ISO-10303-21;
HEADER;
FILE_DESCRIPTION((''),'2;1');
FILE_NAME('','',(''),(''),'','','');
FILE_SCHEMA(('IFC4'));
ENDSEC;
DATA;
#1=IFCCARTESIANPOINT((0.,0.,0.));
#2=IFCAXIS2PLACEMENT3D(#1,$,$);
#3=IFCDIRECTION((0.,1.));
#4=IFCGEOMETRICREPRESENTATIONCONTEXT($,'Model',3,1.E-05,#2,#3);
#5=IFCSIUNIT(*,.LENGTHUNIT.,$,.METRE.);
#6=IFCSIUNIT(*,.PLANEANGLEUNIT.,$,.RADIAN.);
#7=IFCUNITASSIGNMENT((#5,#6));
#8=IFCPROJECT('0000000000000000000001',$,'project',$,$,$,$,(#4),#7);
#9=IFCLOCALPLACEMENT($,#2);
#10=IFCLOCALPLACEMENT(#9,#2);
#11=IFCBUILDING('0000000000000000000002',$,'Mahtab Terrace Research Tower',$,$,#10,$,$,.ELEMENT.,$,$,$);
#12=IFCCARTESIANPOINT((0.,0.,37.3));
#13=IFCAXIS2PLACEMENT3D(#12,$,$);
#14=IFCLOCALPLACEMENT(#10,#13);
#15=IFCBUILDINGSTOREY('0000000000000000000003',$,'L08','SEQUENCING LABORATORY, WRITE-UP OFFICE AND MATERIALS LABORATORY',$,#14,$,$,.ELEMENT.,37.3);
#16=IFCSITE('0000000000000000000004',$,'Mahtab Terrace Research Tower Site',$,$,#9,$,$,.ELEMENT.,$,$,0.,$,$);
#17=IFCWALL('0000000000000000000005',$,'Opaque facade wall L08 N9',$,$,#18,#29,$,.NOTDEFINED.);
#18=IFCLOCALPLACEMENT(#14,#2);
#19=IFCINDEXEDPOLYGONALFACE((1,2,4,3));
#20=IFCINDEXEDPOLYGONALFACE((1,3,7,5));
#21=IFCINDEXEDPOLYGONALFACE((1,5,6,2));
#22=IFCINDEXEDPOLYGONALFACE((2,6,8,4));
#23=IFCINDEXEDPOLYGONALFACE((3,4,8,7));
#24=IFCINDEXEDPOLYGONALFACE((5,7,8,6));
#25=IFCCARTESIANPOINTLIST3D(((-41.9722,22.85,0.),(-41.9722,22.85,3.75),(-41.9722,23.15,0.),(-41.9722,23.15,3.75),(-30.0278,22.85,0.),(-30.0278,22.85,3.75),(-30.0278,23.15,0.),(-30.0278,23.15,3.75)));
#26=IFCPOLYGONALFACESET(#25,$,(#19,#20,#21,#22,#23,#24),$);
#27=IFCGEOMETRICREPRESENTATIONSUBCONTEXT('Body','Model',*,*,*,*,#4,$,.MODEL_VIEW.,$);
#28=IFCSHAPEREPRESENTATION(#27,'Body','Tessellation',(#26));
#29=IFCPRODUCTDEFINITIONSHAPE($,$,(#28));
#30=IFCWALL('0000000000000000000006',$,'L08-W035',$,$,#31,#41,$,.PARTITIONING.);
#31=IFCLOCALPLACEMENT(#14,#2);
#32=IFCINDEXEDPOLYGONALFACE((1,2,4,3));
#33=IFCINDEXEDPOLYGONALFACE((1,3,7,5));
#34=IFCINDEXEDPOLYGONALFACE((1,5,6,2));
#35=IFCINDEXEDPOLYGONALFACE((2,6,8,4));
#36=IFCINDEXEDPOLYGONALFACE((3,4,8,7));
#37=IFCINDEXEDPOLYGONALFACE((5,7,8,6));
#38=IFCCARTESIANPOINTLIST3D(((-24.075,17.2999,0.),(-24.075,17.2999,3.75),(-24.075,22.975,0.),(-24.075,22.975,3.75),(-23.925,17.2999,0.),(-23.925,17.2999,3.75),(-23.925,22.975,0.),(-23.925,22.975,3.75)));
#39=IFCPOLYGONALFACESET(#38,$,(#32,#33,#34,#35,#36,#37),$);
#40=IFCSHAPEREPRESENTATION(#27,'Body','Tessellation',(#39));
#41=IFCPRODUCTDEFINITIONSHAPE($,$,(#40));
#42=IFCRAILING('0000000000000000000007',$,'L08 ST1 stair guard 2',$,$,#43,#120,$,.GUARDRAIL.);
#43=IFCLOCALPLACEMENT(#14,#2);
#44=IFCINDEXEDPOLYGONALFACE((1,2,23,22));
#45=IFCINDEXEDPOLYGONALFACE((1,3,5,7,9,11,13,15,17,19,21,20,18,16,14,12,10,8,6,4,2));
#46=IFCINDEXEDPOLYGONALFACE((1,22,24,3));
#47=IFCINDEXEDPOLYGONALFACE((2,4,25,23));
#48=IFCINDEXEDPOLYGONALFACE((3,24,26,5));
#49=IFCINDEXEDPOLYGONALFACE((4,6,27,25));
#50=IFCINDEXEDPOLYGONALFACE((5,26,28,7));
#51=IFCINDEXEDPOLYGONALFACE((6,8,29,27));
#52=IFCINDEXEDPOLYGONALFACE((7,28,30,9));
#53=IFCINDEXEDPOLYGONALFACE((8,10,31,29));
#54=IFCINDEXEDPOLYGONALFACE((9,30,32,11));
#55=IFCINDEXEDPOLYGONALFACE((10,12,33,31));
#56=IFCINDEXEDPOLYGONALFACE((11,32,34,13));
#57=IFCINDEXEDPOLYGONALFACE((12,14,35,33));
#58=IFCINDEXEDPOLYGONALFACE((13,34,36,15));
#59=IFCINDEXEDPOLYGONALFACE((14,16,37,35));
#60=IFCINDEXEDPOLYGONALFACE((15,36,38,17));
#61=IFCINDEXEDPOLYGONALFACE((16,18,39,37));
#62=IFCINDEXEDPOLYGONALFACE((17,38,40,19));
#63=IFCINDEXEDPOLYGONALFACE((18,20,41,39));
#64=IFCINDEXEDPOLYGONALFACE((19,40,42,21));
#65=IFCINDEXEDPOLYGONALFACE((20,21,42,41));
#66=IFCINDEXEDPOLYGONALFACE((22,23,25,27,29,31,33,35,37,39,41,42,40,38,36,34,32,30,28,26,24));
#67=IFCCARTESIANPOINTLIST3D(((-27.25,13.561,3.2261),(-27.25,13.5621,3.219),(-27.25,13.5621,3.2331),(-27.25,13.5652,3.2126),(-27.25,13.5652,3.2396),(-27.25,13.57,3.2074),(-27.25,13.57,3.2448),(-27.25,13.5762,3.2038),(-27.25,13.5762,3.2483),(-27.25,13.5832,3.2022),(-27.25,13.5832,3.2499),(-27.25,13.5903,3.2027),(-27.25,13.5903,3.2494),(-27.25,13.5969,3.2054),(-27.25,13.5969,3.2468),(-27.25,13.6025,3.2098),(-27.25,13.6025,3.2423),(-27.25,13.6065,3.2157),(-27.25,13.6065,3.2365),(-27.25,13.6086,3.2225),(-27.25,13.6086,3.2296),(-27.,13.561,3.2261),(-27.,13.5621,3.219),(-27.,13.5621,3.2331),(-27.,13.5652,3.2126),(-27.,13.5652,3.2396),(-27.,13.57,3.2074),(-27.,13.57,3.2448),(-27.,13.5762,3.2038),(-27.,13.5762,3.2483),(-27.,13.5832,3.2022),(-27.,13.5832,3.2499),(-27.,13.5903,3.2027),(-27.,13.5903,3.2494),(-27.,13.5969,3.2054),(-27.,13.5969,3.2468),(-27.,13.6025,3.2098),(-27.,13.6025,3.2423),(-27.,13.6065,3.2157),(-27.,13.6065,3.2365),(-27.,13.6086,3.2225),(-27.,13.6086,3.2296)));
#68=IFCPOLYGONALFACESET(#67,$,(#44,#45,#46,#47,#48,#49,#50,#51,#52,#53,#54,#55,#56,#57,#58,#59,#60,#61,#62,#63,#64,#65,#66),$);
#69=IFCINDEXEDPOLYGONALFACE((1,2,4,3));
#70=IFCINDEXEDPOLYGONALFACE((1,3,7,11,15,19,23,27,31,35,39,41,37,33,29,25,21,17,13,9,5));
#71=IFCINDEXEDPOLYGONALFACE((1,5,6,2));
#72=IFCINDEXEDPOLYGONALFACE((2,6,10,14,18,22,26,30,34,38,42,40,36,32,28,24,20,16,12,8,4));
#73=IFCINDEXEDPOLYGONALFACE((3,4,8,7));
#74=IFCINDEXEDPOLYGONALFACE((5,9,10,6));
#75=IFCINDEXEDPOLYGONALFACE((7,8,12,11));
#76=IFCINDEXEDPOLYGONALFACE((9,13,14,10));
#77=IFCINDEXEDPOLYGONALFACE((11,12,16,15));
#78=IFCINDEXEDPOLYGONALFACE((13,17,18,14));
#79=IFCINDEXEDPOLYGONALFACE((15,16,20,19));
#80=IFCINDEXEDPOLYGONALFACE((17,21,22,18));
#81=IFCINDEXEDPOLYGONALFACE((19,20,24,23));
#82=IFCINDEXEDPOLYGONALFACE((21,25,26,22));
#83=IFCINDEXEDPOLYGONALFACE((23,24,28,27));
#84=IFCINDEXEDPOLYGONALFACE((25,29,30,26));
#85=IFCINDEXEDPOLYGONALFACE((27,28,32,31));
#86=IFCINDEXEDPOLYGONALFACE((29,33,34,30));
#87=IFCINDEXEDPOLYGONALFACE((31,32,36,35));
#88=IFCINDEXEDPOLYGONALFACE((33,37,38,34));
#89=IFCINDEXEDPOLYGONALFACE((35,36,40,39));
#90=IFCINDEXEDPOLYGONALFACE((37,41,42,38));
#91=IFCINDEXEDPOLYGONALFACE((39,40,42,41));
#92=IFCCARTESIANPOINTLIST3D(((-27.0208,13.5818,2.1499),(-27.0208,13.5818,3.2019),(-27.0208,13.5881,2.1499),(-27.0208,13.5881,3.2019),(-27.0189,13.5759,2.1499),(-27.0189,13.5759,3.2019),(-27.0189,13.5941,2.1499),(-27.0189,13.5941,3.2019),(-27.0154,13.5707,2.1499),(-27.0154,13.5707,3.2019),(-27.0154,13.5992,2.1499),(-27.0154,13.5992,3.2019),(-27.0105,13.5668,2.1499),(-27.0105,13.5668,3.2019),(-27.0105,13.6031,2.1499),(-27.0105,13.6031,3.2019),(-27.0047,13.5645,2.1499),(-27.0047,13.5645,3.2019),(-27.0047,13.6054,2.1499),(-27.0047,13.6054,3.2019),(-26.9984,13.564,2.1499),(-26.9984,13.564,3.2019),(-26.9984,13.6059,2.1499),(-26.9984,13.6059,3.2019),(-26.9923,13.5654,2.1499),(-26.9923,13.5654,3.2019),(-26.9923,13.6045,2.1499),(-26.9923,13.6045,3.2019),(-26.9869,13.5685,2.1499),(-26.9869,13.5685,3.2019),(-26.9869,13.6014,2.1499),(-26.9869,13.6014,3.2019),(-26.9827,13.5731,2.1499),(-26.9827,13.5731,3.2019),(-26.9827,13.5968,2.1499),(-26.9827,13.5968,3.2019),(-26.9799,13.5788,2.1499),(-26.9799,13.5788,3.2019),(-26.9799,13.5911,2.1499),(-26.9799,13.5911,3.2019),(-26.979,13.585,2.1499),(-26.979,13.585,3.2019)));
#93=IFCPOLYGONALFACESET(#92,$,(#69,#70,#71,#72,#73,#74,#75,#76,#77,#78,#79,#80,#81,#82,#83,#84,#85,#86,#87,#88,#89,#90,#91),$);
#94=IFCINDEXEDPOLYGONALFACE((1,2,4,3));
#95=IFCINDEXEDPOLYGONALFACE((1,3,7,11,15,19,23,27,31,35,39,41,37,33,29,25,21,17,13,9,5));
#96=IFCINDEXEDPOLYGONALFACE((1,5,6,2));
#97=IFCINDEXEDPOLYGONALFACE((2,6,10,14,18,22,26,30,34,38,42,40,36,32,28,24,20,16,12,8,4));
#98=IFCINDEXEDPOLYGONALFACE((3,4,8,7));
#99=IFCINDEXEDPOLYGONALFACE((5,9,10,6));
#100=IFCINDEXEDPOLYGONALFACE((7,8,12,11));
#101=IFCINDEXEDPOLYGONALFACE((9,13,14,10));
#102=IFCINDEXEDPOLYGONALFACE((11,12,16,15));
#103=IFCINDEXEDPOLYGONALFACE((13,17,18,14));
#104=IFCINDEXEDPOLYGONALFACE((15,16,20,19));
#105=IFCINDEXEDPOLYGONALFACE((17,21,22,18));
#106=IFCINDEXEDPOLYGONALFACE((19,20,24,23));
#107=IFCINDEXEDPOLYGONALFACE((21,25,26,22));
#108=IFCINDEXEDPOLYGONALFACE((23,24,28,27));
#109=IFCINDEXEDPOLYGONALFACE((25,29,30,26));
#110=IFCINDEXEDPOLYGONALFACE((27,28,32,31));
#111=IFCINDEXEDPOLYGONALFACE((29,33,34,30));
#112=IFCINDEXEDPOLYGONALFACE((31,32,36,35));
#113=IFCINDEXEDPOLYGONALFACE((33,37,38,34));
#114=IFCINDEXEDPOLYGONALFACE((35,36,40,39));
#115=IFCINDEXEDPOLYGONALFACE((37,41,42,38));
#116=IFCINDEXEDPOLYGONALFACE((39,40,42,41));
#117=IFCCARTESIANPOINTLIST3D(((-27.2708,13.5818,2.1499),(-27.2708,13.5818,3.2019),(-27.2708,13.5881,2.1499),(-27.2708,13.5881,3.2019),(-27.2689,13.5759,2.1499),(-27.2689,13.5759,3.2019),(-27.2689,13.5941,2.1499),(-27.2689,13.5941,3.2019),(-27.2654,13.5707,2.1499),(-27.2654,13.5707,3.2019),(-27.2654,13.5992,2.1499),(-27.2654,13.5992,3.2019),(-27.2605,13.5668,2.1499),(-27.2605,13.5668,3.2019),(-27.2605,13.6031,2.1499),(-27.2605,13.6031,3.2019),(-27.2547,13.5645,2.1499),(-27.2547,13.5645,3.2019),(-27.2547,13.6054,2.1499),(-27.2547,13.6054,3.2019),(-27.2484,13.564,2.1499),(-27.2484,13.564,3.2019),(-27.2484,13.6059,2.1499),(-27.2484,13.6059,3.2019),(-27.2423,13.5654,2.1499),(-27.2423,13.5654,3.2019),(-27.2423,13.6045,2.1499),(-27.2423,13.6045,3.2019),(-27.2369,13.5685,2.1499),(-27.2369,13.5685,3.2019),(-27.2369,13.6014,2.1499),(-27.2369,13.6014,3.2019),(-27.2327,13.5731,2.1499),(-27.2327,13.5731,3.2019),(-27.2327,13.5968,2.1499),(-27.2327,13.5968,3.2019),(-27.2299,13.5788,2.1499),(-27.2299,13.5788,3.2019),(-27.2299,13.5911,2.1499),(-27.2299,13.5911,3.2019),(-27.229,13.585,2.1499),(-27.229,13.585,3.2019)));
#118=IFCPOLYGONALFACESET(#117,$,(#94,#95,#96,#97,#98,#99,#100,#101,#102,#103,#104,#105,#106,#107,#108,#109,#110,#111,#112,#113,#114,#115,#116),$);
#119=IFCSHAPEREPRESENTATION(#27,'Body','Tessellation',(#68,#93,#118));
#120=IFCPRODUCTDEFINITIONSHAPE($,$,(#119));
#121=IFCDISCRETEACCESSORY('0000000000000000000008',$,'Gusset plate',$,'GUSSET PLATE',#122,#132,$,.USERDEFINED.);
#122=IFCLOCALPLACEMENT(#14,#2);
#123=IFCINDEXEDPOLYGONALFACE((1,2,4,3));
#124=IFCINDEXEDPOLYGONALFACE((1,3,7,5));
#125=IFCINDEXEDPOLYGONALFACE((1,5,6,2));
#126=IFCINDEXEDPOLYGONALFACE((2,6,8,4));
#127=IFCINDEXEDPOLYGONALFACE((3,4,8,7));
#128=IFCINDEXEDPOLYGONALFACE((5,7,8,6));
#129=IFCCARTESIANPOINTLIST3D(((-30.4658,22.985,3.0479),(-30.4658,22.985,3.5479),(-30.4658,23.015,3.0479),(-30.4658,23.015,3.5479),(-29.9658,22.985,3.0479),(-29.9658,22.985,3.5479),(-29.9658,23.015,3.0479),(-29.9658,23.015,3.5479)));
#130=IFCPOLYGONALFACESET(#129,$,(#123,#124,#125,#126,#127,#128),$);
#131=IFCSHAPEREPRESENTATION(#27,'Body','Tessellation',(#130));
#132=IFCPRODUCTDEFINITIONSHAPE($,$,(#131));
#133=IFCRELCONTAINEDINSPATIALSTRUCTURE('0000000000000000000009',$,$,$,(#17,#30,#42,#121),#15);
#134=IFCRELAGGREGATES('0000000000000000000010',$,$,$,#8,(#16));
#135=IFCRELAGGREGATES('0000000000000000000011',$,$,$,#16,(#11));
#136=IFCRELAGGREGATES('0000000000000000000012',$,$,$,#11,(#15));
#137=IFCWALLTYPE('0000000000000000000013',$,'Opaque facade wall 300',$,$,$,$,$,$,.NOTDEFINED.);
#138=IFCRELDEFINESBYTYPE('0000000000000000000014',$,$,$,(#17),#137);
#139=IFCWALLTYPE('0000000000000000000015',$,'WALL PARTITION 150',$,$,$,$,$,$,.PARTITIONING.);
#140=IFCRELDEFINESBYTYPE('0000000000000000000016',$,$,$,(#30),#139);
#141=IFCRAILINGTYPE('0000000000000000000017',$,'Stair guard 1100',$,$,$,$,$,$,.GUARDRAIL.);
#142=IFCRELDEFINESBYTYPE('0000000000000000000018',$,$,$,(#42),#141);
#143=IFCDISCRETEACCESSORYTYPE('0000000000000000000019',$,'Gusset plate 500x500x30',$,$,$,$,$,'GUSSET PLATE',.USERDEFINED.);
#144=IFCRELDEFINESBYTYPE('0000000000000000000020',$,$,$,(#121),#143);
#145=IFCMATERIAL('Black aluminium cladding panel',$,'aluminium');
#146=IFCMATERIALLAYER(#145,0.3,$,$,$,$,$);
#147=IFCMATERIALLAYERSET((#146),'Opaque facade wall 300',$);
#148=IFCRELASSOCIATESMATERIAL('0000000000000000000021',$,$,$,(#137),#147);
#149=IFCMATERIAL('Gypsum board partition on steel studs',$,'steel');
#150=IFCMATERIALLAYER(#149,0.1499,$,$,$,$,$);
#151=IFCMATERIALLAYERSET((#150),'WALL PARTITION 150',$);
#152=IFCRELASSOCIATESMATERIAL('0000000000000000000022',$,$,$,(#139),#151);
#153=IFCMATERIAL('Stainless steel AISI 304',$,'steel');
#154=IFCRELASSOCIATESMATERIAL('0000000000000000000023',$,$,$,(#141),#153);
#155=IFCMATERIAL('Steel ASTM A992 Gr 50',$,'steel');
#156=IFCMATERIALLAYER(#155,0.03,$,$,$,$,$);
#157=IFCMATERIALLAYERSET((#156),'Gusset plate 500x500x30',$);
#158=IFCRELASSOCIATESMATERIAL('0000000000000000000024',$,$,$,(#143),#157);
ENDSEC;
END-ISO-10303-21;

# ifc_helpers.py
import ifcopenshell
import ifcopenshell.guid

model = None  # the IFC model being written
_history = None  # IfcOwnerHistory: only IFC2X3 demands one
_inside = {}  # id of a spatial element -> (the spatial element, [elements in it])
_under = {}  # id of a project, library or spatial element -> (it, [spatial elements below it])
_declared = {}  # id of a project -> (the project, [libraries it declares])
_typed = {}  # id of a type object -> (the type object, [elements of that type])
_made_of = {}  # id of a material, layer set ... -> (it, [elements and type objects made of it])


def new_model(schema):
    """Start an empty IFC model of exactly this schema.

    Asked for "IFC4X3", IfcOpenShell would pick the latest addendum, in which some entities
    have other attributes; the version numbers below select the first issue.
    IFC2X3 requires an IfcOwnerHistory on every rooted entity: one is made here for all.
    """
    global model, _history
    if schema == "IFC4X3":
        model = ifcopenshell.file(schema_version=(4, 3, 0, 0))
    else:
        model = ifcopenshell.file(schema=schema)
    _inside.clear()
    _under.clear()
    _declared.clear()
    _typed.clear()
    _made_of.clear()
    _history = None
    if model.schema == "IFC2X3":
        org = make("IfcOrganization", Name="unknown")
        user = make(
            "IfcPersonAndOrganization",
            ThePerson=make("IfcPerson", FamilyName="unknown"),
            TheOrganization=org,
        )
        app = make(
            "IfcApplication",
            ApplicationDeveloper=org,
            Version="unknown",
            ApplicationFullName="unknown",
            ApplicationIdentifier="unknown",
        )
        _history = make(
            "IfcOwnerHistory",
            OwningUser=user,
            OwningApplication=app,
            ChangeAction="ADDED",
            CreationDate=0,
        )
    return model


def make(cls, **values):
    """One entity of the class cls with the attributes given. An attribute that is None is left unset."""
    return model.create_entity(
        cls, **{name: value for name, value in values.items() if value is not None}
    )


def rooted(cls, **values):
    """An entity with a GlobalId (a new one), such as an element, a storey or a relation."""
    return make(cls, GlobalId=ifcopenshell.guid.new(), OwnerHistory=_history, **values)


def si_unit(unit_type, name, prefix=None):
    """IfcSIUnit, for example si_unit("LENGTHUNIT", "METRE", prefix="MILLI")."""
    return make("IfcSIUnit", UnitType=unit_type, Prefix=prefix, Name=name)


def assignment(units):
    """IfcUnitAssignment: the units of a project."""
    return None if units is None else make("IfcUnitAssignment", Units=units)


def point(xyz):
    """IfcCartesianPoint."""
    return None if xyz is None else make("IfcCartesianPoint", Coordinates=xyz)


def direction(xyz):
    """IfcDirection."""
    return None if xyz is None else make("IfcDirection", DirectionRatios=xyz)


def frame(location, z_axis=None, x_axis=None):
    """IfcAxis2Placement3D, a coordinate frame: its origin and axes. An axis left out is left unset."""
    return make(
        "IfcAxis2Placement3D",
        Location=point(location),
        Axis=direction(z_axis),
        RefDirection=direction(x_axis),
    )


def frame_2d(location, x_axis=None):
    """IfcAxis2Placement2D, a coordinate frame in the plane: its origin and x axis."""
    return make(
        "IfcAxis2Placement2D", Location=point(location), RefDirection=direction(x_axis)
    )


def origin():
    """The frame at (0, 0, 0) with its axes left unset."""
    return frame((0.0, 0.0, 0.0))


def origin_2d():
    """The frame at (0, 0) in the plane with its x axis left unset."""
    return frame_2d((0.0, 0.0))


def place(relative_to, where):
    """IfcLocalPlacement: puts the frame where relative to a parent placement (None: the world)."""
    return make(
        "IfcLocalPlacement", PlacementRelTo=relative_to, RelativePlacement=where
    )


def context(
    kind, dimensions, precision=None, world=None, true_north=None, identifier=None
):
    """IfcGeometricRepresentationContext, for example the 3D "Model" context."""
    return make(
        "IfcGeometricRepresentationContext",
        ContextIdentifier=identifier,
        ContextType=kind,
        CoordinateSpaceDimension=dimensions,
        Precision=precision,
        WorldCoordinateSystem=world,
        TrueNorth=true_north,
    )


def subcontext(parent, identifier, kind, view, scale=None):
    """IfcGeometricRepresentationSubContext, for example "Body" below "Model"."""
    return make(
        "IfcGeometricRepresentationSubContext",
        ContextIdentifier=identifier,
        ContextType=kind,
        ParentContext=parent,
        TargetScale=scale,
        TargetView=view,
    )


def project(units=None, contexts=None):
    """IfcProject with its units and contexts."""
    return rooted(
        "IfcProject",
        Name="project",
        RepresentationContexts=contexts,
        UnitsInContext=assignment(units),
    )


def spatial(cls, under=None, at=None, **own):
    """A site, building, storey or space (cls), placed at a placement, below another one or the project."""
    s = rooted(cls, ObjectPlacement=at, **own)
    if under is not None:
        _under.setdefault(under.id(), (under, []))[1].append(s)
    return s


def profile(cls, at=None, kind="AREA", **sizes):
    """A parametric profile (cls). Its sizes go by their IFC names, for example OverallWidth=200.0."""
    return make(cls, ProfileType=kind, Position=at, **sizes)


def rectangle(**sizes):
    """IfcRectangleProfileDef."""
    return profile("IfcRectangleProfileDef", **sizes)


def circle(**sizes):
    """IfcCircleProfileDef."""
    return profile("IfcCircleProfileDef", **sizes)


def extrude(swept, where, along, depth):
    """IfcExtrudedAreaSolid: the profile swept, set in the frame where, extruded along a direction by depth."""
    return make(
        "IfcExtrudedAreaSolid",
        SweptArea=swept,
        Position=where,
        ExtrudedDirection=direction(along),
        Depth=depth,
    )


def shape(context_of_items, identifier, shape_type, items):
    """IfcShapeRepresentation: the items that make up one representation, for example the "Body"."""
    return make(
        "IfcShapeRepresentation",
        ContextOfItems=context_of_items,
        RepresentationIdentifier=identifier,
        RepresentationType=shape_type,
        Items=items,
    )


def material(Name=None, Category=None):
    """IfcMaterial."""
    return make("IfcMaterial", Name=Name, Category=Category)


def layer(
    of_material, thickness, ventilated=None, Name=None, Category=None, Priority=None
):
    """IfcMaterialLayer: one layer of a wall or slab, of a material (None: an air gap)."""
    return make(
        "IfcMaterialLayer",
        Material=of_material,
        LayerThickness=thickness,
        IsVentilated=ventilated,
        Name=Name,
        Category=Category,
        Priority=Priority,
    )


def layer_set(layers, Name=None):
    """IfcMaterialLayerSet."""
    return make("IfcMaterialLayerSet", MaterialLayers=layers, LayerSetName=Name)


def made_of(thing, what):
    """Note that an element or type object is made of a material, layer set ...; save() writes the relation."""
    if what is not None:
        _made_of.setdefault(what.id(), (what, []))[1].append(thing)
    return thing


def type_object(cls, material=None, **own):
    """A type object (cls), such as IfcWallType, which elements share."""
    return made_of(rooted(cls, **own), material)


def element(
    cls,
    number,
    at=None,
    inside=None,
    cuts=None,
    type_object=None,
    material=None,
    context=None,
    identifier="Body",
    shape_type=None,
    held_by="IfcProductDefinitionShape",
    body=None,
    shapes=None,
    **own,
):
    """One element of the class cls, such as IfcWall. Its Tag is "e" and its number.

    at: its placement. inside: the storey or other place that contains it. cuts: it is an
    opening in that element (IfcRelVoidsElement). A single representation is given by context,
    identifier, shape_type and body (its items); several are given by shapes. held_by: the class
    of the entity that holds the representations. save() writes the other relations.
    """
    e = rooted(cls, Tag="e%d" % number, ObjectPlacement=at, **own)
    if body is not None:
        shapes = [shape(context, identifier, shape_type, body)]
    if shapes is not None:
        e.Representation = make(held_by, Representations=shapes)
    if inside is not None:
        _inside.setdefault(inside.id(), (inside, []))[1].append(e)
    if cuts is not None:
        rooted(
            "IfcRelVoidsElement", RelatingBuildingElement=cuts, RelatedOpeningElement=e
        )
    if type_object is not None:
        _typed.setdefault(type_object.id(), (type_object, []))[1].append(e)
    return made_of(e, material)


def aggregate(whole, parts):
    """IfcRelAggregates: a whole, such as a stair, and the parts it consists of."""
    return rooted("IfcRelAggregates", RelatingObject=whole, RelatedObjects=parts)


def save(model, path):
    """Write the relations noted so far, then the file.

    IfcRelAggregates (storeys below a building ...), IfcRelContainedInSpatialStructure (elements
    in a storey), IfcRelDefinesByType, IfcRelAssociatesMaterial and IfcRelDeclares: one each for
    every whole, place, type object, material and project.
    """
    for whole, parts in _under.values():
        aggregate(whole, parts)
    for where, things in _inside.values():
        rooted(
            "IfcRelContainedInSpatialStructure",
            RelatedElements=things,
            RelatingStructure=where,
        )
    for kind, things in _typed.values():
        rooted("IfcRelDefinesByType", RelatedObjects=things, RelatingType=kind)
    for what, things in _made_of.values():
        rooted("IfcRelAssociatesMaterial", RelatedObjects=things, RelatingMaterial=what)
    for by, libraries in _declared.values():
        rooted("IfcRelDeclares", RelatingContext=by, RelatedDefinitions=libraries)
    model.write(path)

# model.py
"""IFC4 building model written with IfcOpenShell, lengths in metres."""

from ifc_helpers import new_model, si_unit, direction, frame, frame_2d, origin, origin_2d, place, context, subcontext, project, spatial, rectangle, circle, extrude, material, layer, layer_set, type_object, element, save


model = new_model("IFC4")

# Units and contexts
model_context = context("Model", 3, precision=1e-05, world=origin(), true_north=direction((0.0, 1.0)))
body_context = subcontext(model_context, "Body", "Model", "MODEL_VIEW")
ifc_project = project(units=[si_unit("LENGTHUNIT", "METRE"), si_unit("PLANEANGLEUNIT", "RADIAN")], contexts=[model_context])

# Site, building, storey
site_placement = place(None, origin())
site = spatial("IfcSite", under=ifc_project, at=site_placement, Name="Mahtab Terrace Research Tower Site", CompositionType="ELEMENT", RefElevation=0.0)
building_placement = place(site_placement, origin())
building = spatial("IfcBuilding", under=site, at=building_placement, Name="Mahtab Terrace Research Tower", CompositionType="ELEMENT")
storey_placement = place(building_placement, frame((0.0, 0.0, 37.3)))
storey = spatial("IfcBuildingStorey", under=building, at=storey_placement, Name="L08", Description="SEQUENCING LABORATORY, WRITE-UP OFFICE AND MATERIALS LABORATORY", CompositionType="ELEMENT", Elevation=37.3)

# Shared definitions
ifc_material_1 = material(Name="Steel ASTM A992 Gr 50", Category="steel")

# Shared definitions
ifc_material_2 = material(Name="Stainless steel AISI 304", Category="steel")

# Walls
ifc_material_3 = material(Name="Black aluminium cladding panel", Category="aluminium")
ifc_layer_1 = layer(ifc_material_3, 0.3)
ifc_layer_set_1 = layer_set([ifc_layer_1], Name="Opaque facade wall 300")
wall_type_1 = type_object("IfcWallType", Name="Opaque facade wall 300", PredefinedType="NOTDEFINED", material=ifc_layer_set_1)
wall_1_placement = place(storey_placement, frame((-30.0278, 23.0, 0.0), z_axis=(0.0, 0.0, 1.0), x_axis=(-1.0, 0.0, 0.0)))
element("IfcWall", 1, at=wall_1_placement, inside=storey, type_object=wall_type_1, Name="Opaque facade wall L08 N9", PredefinedType="NOTDEFINED", context=body_context, shape_type="SweptSolid", body=[
    extrude(rectangle(XDim=11.9443, YDim=0.3, at=frame_2d((5.9722, 0.0))), origin(), (0.0, 0.0, 1.0), 3.75),
])
ifc_material_4 = material(Name="Gypsum board partition on steel studs", Category="steel")
ifc_layer_2 = layer(ifc_material_4, 0.1499)
ifc_layer_set_2 = layer_set([ifc_layer_2], Name="WALL PARTITION 150")
wall_type_2 = type_object("IfcWallType", Name="WALL PARTITION 150", PredefinedType="PARTITIONING", material=ifc_layer_set_2)
wall_2_placement = place(storey_placement, frame((-24.0, 17.3, 0.0), z_axis=(0.0, 0.0, 1.0), x_axis=(0.0, 1.0, 0.0)))
element("IfcWall", 2, at=wall_2_placement, inside=storey, type_object=wall_type_2, Name="L08-W035", PredefinedType="PARTITIONING", context=body_context, shape_type="SweptSolid", body=[
    extrude(rectangle(XDim=5.675, YDim=0.1499, at=frame_2d((2.8374, 0.0))), origin(), (0.0, 0.0, 1.0), 3.75),
])

# Railing
railing_type = type_object("IfcRailingType", Name="Stair guard 1100", PredefinedType="GUARDRAIL", material=ifc_material_2)
railing_placement = place(storey_placement, frame((-27.0, 13.585, 2.1499)))
element("IfcRailing", 3, at=railing_placement, inside=storey, type_object=railing_type, Name="L08 ST1 stair guard 2", PredefinedType="GUARDRAIL", context=body_context, shape_type="SweptSolid", body=[
    extrude(circle(Radius=0.0239, at=origin_2d()), frame((0.0, 0.0, 1.0762), z_axis=(-1.0, 0.0, 0.0), x_axis=(0.0, -1.0, 0.0)), (0.0, 0.0, 1.0), 0.25),
    extrude(circle(Radius=0.021, at=origin_2d()), origin(), (0.0, 0.0, 1.0), 1.052),
    extrude(circle(Radius=0.021, at=origin_2d()), frame((-0.25, 0.0, 0.0)), (0.0, 0.0, 1.0), 1.052),
])

# Discrete accessory
ifc_layer_3 = layer(ifc_material_1, 0.03)
ifc_layer_set_3 = layer_set([ifc_layer_3], Name="Gusset plate 500x500x30")
discrete_accessory_type = type_object("IfcDiscreteAccessoryType", Name="Gusset plate 500x500x30", ElementType="GUSSET PLATE", PredefinedType="USERDEFINED", material=ifc_layer_set_3)
discrete_accessory_placement = place(storey_placement, frame((-30.2158, 23.0, 3.0479), z_axis=(0.0, 0.0, 1.0), x_axis=(1.0, 0.0, 0.0)))
element("IfcDiscreteAccessory", 4, at=discrete_accessory_placement, inside=storey, type_object=discrete_accessory_type, Name="Gusset plate", ObjectType="GUSSET PLATE", PredefinedType="USERDEFINED", context=body_context, shape_type="SweptSolid", body=[
    extrude(rectangle(XDim=0.5, YDim=0.03, at=origin_2d()), origin(), (0.0, 0.0, 1.0), 0.5),
])

save(model, "model.ifc")
